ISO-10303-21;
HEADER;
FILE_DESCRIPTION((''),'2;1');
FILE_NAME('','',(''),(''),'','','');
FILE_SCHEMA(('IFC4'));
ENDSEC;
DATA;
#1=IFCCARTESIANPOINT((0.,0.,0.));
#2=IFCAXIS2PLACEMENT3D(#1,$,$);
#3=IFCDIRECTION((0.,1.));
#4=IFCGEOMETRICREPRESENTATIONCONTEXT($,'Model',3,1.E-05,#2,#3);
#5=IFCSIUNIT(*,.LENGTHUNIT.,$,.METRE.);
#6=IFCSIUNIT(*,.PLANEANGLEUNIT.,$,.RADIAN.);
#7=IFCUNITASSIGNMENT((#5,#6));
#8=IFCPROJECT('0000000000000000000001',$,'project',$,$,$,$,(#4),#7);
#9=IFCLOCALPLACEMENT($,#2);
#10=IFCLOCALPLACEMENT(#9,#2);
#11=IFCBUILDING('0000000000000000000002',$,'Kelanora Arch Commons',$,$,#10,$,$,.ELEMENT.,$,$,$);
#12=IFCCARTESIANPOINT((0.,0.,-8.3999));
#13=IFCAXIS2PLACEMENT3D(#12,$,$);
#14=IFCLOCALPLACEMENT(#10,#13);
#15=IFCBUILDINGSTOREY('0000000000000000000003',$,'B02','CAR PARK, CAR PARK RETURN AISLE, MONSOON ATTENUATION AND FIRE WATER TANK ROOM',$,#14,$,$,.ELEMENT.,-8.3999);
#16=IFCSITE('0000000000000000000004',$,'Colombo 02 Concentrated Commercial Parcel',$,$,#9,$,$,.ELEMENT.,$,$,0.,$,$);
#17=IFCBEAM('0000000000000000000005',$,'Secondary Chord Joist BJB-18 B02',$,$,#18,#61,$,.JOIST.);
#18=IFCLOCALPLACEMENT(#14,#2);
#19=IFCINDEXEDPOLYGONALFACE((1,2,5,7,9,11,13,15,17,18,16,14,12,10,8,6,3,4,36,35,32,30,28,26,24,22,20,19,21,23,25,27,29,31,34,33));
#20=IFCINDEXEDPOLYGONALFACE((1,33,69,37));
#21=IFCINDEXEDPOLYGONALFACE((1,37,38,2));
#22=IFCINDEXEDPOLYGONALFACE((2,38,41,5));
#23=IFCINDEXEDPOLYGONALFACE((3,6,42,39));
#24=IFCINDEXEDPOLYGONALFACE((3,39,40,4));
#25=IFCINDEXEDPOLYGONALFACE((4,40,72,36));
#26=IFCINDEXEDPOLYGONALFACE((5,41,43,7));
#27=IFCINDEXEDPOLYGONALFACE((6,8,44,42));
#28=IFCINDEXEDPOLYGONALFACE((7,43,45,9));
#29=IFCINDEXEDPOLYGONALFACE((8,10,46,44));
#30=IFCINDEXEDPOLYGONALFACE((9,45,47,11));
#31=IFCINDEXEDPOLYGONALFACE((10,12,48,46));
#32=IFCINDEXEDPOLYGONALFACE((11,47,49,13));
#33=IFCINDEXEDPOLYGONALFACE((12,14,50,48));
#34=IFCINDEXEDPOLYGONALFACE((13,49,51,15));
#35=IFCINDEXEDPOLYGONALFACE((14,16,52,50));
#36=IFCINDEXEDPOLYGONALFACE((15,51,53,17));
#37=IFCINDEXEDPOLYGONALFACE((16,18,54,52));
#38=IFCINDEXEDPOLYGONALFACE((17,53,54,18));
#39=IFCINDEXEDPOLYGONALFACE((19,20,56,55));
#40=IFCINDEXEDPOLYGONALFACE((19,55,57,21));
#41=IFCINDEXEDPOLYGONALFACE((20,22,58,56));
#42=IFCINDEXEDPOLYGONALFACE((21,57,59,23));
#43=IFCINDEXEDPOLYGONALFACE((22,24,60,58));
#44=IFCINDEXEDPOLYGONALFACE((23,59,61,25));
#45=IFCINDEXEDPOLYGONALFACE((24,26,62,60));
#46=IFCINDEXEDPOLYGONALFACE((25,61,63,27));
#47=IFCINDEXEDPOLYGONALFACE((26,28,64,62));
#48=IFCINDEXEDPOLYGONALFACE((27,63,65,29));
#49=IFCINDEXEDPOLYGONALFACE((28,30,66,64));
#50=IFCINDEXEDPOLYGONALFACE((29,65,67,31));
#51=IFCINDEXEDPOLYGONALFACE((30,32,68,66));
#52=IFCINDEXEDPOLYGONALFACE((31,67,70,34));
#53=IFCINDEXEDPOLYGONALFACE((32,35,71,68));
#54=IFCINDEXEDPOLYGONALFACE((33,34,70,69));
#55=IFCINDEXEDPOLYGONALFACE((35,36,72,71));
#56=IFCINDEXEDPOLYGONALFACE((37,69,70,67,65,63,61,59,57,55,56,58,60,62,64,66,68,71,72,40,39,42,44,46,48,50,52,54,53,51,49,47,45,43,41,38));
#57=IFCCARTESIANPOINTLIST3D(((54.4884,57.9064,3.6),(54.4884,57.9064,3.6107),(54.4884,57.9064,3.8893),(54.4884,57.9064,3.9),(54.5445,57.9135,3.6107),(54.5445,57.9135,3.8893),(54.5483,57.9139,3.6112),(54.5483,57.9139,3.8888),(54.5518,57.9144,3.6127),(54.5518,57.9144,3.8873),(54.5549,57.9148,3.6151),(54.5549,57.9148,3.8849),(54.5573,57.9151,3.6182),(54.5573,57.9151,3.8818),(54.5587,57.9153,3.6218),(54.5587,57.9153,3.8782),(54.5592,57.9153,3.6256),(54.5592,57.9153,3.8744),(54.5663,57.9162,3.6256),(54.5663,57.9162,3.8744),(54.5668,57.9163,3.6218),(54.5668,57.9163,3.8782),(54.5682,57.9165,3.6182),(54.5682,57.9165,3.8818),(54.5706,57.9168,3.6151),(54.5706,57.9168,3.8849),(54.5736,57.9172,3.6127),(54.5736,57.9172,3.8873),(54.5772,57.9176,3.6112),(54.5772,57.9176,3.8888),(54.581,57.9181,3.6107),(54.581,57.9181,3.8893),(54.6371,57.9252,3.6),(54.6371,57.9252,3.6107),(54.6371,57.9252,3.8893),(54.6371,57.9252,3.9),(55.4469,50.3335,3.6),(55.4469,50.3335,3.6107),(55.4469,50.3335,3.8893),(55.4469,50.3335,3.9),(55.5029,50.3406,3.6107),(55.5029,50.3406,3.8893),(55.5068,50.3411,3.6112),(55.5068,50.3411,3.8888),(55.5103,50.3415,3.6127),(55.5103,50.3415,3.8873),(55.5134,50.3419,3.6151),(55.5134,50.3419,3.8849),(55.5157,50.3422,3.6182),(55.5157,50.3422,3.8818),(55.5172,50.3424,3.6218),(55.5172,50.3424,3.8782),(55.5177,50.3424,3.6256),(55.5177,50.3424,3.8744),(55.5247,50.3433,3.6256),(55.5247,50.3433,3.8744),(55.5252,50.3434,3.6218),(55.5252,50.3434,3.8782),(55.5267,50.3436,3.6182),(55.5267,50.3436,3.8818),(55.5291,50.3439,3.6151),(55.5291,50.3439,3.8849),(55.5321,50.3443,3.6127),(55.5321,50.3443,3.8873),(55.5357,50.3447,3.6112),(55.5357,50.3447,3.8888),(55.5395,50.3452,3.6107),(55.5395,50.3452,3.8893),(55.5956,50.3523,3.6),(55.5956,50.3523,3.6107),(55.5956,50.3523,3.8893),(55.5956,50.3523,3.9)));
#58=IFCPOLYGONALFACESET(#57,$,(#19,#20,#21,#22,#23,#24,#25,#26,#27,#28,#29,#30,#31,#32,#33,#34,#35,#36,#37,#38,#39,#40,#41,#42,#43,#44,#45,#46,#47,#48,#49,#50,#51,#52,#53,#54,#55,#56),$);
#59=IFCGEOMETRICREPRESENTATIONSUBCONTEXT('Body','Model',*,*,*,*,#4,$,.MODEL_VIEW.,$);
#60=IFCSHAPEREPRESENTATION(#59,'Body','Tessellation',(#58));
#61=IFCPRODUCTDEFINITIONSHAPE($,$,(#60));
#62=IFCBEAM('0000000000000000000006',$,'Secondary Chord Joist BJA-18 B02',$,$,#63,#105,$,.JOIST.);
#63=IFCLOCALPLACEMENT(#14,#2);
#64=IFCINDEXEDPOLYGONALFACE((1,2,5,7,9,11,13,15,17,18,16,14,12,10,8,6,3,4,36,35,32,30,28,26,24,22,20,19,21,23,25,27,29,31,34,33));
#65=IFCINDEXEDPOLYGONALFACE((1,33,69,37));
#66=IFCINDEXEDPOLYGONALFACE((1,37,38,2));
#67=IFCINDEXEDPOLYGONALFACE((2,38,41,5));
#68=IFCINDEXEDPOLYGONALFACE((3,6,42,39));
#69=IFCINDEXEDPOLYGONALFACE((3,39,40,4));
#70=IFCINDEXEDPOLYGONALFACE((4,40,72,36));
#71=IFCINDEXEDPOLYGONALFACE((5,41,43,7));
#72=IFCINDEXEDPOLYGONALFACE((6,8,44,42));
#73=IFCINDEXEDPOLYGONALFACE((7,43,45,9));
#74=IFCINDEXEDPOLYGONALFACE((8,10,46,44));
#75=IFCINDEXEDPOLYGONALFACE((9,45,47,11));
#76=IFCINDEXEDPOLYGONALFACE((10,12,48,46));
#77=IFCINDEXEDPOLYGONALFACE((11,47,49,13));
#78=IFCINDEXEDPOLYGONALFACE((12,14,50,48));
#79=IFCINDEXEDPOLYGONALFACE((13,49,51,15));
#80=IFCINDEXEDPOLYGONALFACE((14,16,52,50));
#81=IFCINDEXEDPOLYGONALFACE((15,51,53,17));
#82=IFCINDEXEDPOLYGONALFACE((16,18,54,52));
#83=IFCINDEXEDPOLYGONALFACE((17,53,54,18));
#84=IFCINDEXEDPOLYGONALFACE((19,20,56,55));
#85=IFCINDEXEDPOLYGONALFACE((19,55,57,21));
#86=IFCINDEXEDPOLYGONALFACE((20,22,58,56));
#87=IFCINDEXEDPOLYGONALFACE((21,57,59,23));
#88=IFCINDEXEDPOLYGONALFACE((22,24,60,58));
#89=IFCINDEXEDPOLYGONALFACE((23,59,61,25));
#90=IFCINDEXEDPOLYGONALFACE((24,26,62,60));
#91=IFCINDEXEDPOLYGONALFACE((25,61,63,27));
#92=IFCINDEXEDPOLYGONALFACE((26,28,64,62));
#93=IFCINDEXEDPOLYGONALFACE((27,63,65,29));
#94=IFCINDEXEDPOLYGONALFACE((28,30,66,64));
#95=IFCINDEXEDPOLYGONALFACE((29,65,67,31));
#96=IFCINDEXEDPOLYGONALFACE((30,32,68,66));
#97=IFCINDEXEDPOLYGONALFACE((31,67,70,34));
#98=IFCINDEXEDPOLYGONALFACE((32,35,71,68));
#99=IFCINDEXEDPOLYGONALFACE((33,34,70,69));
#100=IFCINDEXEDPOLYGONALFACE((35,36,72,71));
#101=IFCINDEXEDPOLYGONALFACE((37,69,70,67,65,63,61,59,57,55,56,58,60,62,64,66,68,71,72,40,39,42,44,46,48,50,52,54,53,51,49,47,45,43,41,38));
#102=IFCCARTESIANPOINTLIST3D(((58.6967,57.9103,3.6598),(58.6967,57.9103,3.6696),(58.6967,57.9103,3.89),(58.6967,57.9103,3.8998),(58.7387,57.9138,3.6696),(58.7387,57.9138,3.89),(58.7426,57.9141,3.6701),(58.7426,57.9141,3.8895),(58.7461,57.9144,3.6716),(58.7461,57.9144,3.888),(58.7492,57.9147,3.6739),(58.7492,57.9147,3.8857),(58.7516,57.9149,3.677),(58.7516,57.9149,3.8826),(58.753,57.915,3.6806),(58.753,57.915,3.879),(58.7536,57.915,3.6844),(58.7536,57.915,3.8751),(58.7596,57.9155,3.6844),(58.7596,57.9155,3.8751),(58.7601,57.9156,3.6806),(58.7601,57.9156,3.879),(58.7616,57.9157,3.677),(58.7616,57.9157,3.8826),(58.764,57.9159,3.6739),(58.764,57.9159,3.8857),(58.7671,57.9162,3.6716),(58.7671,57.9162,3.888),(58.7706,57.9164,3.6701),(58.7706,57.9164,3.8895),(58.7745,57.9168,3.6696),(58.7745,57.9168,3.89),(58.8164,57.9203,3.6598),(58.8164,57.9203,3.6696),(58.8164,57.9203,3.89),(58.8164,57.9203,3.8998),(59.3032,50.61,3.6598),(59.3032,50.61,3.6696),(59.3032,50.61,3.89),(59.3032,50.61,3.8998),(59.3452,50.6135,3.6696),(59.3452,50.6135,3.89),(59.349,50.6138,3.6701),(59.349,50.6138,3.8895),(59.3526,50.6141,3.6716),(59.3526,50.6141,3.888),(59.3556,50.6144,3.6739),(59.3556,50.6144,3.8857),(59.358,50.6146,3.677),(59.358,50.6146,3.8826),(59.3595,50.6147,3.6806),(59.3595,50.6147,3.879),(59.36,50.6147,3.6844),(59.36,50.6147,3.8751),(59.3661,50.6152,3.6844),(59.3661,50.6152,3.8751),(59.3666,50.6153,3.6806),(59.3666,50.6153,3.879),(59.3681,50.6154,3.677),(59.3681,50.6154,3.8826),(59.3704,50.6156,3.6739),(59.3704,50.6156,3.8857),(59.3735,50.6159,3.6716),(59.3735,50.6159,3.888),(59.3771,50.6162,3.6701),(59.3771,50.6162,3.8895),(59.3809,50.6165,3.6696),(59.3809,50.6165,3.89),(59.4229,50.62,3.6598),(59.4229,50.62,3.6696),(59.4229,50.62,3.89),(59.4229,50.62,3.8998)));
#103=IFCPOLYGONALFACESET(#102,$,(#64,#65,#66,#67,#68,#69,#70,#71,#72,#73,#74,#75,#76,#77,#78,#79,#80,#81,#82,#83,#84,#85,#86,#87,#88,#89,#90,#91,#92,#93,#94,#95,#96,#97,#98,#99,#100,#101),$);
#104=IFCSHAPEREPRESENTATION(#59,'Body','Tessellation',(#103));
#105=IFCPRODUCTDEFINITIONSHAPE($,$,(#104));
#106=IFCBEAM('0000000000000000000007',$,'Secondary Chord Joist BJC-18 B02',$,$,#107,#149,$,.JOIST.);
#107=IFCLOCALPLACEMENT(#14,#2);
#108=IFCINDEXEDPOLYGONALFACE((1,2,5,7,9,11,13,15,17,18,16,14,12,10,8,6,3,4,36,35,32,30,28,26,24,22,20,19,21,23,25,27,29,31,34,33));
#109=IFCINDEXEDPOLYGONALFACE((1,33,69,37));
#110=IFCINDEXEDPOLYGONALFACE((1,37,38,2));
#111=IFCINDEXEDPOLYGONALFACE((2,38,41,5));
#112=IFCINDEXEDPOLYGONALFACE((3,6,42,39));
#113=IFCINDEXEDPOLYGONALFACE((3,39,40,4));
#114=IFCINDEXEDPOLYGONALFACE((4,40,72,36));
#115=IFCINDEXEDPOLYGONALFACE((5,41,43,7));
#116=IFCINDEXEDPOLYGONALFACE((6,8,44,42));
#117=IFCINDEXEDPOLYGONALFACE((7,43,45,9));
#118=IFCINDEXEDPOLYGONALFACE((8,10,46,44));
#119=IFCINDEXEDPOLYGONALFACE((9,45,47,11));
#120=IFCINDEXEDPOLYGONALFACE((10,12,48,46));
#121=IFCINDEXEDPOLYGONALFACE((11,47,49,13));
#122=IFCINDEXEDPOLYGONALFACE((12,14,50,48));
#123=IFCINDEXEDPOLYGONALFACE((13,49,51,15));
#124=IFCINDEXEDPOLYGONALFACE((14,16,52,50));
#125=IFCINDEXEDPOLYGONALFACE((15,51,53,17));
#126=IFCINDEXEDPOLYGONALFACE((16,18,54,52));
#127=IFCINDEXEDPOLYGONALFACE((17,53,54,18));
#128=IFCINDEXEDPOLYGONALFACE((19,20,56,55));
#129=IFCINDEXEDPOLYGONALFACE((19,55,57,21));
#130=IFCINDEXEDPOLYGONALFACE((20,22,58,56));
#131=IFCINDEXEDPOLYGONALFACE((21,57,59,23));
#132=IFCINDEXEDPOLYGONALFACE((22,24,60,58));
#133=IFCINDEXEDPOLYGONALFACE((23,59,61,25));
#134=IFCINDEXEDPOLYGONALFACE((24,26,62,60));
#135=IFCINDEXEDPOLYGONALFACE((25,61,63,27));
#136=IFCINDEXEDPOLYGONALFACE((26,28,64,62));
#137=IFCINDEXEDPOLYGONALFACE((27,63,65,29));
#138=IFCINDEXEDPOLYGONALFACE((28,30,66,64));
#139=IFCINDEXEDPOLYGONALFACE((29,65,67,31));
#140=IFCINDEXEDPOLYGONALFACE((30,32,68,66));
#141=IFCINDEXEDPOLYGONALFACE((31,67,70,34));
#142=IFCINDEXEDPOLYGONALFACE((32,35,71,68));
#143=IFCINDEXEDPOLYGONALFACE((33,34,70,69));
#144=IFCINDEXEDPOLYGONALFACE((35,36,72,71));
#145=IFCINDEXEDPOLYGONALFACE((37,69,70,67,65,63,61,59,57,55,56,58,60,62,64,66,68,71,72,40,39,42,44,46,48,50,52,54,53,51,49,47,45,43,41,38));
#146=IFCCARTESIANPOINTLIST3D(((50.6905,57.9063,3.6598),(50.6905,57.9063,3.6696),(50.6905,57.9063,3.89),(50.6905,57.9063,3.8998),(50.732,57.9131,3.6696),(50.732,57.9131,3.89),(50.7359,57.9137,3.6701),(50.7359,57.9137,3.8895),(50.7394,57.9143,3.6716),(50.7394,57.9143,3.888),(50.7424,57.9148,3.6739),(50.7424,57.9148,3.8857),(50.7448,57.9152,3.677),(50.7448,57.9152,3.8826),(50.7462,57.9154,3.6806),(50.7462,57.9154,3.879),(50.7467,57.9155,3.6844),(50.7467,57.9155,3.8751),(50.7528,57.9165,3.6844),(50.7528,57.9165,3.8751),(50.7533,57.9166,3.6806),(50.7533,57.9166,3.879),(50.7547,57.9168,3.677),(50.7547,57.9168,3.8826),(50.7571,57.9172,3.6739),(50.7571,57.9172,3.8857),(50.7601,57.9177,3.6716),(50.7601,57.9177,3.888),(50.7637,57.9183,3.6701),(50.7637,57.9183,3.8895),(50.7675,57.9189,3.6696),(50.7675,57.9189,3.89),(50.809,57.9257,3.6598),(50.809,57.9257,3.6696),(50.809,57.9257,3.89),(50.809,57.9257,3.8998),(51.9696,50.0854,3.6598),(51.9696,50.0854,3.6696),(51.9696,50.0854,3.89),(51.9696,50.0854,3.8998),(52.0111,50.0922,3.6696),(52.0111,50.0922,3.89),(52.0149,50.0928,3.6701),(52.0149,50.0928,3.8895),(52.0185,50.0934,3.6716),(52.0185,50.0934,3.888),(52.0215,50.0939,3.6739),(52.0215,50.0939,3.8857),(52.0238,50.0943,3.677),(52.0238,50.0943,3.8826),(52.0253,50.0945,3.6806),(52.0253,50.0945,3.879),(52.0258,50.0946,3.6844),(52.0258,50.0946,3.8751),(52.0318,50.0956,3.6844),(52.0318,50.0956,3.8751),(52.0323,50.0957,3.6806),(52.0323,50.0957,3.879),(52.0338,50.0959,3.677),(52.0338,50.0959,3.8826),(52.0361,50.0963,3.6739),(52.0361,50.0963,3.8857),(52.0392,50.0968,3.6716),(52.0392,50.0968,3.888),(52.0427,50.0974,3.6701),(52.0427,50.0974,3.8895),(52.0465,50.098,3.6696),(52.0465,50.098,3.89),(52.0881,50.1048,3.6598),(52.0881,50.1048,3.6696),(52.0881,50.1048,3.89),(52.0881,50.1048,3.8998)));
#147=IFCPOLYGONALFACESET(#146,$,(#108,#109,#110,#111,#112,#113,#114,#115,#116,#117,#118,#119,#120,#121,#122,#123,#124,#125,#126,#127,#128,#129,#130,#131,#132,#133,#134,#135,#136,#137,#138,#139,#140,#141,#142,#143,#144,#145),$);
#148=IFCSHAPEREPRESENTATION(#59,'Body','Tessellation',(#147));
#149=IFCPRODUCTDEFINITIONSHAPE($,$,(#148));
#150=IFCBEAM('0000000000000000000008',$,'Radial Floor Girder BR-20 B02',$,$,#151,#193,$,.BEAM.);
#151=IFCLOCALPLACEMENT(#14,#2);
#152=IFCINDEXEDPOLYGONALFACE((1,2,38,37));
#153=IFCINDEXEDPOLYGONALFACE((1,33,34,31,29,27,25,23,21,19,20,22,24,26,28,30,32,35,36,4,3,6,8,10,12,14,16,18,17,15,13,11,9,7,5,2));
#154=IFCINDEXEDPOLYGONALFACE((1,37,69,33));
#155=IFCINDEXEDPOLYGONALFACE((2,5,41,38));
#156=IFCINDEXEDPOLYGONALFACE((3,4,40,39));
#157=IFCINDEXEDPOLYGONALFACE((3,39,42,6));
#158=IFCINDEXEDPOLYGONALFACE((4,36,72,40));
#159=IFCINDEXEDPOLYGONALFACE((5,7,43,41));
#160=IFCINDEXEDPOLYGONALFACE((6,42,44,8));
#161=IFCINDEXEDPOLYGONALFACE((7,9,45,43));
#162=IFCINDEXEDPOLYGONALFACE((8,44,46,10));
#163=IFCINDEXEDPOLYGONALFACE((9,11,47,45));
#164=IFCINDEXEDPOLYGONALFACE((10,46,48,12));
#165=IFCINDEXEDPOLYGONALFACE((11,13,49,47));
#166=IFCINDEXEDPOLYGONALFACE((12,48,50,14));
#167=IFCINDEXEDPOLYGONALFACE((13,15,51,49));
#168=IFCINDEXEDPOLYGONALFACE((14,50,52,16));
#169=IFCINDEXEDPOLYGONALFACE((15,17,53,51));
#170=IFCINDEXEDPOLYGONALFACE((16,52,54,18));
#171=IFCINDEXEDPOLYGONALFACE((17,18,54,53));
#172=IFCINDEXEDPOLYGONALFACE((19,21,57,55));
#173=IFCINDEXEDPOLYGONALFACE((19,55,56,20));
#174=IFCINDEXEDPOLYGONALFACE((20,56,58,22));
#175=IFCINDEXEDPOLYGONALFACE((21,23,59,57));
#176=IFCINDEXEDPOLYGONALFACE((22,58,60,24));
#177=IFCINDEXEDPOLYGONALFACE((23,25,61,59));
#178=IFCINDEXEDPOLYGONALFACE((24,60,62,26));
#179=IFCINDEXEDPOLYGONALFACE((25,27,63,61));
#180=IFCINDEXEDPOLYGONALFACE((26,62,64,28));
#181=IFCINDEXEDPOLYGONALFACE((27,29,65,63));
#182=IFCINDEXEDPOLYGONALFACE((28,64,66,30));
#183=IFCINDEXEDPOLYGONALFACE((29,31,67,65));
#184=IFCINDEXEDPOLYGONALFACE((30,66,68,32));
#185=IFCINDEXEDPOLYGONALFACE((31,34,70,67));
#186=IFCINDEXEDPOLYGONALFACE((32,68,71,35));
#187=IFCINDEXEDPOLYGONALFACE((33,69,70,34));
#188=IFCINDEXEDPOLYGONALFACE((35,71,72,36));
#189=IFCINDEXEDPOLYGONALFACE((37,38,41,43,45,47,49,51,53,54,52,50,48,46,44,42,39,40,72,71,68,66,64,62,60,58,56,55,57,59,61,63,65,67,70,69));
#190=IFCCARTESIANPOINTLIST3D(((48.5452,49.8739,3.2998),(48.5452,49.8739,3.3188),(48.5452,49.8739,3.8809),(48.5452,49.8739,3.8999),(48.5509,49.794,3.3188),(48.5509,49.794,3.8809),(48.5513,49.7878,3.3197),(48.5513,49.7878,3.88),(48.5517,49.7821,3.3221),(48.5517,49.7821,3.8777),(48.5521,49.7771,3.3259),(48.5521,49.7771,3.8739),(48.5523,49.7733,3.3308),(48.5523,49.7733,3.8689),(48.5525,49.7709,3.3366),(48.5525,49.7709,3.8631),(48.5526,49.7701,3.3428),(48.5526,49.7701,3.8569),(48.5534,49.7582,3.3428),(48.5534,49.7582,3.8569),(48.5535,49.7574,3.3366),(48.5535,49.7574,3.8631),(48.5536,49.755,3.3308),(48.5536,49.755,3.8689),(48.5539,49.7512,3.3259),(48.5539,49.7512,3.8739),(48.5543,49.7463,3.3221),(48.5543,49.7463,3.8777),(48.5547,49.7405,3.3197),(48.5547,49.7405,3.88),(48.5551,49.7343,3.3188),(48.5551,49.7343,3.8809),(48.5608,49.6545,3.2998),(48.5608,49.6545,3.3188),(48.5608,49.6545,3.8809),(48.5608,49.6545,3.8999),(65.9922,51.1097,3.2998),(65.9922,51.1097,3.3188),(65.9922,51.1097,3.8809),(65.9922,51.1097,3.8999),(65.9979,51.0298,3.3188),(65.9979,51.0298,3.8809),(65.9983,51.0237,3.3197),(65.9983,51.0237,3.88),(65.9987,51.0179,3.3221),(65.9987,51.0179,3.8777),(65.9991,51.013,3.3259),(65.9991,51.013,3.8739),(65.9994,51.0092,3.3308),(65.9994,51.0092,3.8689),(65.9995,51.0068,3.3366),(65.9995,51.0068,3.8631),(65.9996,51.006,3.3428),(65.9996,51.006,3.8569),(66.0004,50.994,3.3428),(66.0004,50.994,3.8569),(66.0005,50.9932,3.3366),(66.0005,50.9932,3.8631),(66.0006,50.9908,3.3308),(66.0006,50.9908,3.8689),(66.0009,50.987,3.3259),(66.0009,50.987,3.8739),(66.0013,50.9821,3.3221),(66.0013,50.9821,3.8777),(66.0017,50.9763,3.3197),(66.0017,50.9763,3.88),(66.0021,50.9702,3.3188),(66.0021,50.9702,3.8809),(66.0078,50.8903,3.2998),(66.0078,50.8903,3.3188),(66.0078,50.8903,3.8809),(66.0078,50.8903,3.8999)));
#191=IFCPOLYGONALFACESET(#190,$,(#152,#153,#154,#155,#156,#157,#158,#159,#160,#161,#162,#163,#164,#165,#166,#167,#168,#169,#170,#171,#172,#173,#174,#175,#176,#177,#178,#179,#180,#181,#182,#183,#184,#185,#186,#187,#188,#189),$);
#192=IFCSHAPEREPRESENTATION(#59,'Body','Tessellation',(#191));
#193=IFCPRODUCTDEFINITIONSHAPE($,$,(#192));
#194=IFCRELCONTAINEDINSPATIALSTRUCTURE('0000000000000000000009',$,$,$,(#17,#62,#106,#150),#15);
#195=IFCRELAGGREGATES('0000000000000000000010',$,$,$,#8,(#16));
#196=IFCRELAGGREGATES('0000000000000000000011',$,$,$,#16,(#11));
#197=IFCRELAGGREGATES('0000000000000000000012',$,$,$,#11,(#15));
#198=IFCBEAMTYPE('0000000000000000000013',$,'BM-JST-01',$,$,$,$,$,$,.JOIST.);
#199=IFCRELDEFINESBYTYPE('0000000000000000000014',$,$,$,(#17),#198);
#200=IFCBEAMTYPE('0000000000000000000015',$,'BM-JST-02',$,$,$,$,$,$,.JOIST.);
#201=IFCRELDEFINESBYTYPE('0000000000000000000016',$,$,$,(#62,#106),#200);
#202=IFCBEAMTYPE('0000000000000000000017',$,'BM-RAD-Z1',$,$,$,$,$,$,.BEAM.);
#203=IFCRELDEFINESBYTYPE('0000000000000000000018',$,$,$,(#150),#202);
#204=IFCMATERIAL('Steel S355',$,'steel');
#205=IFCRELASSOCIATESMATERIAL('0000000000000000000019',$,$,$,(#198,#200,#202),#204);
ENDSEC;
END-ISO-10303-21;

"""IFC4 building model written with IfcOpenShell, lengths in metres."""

from ifc_helpers import new_model, si_unit, direction, frame, origin, origin_2d, place, context, subcontext, project, spatial, i_section, extrude, material, material_profile, profile_set, type_object, element, save


model = new_model("IFC4")

# Units and contexts
model_context = context("Model", 3, precision=1e-05, world=origin(), true_north=direction((0.0, 1.0)))
body_context = subcontext(model_context, "Body", "Model", "MODEL_VIEW")
ifc_project = project(units=[si_unit("LENGTHUNIT", "METRE"), si_unit("PLANEANGLEUNIT", "RADIAN")], contexts=[model_context])

# Site, building, storey
site_placement = place(None, origin())
site = spatial("IfcSite", under=ifc_project, at=site_placement, Name="Colombo 02 Concentrated Commercial Parcel", CompositionType="ELEMENT", RefElevation=0.0)
building_placement = place(site_placement, origin())
building = spatial("IfcBuilding", under=site, at=building_placement, Name="Kelanora Arch Commons", CompositionType="ELEMENT")
storey_placement = place(building_placement, frame((0.0, 0.0, -8.3999)))
storey = spatial("IfcBuildingStorey", under=building, at=storey_placement, Name="B02", Description="CAR PARK, CAR PARK RETURN AISLE, MONSOON ATTENUATION AND FIRE WATER TANK ROOM", CompositionType="ELEMENT", Elevation=-8.3999)

# Beams
ifc_material_1 = material(Name="Steel S355", Category="steel")
ifc_material_profile_1 = material_profile(ifc_material_1, i_section(OverallWidth=0.1499, OverallDepth=0.3, WebThickness=0.0071, FlangeThickness=0.0107, FilletRadius=0.0149, at=origin_2d()), Name="IPE300")
ifc_profile_set_1 = profile_set([ifc_material_profile_1], Name="Steel S355")
beam_type_1 = type_object("IfcBeamType", Name="BM-JST-01", PredefinedType="JOIST", material=ifc_profile_set_1)
beam_1_placement = place(storey_placement, frame((54.5627, 57.9158, 3.75), z_axis=(0.125566, -0.992085, 0.0), x_axis=(0.992085, 0.125566, 0.0)))
element("IfcBeam", 1, at=beam_1_placement, inside=storey, type_object=beam_type_1, Name="Secondary Chord Joist BJB-18 B02", PredefinedType="JOIST", context=body_context, shape_type="SweptSolid", body=[
    extrude(i_section(OverallWidth=0.1499, OverallDepth=0.3, WebThickness=0.0071, FlangeThickness=0.0107, FilletRadius=0.0149, at=origin_2d()), origin(), (0.0, 0.0, 1.0), 7.6333),
])
ifc_material_profile_2 = material_profile(ifc_material_1, i_section(OverallWidth=0.1201, OverallDepth=0.24, WebThickness=0.0061, FlangeThickness=0.0098, FilletRadius=0.0149, at=origin_2d()), Name="IPE240")
ifc_profile_set_2 = profile_set([ifc_material_profile_2], Name="Steel S355")
beam_type_2 = type_object("IfcBeamType", Name="BM-JST-02", PredefinedType="JOIST", material=ifc_profile_set_2)
beam_2_placement = place(storey_placement, frame((58.7566, 57.9153, 3.7798), z_axis=(0.082786, -0.996567, 0.0), x_axis=(0.996567, 0.082786, 0.0)))
element("IfcBeam", 2, at=beam_2_placement, inside=storey, type_object=beam_type_2, Name="Secondary Chord Joist BJA-18 B02", PredefinedType="JOIST", context=body_context, shape_type="SweptSolid", body=[
    extrude(i_section(OverallWidth=0.1201, OverallDepth=0.24, WebThickness=0.0061, FlangeThickness=0.0098, FilletRadius=0.0149, at=origin_2d()), origin(), (0.0, 0.0, 1.0), 7.3254),
])
beam_3_placement = place(storey_placement, frame((50.7498, 57.916, 3.7798), z_axis=(0.161401, -0.986889, 0.0), x_axis=(0.986889, 0.161401, 0.0)))
element("IfcBeam", 3, at=beam_3_placement, inside=storey, type_object=beam_type_2, Name="Secondary Chord Joist BJC-18 B02", PredefinedType="JOIST", context=body_context, shape_type="SweptSolid", body=[
    extrude(i_section(OverallWidth=0.1201, OverallDepth=0.24, WebThickness=0.0061, FlangeThickness=0.0098, FilletRadius=0.0149, at=origin_2d()), origin(), (0.0, 0.0, 1.0), 7.9248),
])
ifc_material_profile_3 = material_profile(ifc_material_1, i_section(OverallWidth=0.22, OverallDepth=0.6001, WebThickness=0.012, FlangeThickness=0.019, FilletRadius=0.0239, at=origin_2d()), Name="IPE600")
ifc_profile_set_3 = profile_set([ifc_material_profile_3], Name="Steel S355")
beam_type_3 = type_object("IfcBeamType", Name="BM-RAD-Z1", PredefinedType="BEAM", material=ifc_profile_set_3)
beam_4_placement = place(storey_placement, frame((66.0, 51.0, 3.5999), z_axis=(-0.997501, -0.070657, 0.0), x_axis=(0.070657, -0.997501, 0.0)))
element("IfcBeam", 4, at=beam_4_placement, inside=storey, type_object=beam_type_3, Name="Radial Floor Girder BR-20 B02", PredefinedType="BEAM", context=body_context, shape_type="SweptSolid", body=[
    extrude(i_section(OverallWidth=0.22, OverallDepth=0.6001, WebThickness=0.012, FlangeThickness=0.019, FilletRadius=0.0239, at=origin_2d()), origin(), (0.0, 0.0, 1.0), 17.4907),
])

save(model, "model.ifc")
